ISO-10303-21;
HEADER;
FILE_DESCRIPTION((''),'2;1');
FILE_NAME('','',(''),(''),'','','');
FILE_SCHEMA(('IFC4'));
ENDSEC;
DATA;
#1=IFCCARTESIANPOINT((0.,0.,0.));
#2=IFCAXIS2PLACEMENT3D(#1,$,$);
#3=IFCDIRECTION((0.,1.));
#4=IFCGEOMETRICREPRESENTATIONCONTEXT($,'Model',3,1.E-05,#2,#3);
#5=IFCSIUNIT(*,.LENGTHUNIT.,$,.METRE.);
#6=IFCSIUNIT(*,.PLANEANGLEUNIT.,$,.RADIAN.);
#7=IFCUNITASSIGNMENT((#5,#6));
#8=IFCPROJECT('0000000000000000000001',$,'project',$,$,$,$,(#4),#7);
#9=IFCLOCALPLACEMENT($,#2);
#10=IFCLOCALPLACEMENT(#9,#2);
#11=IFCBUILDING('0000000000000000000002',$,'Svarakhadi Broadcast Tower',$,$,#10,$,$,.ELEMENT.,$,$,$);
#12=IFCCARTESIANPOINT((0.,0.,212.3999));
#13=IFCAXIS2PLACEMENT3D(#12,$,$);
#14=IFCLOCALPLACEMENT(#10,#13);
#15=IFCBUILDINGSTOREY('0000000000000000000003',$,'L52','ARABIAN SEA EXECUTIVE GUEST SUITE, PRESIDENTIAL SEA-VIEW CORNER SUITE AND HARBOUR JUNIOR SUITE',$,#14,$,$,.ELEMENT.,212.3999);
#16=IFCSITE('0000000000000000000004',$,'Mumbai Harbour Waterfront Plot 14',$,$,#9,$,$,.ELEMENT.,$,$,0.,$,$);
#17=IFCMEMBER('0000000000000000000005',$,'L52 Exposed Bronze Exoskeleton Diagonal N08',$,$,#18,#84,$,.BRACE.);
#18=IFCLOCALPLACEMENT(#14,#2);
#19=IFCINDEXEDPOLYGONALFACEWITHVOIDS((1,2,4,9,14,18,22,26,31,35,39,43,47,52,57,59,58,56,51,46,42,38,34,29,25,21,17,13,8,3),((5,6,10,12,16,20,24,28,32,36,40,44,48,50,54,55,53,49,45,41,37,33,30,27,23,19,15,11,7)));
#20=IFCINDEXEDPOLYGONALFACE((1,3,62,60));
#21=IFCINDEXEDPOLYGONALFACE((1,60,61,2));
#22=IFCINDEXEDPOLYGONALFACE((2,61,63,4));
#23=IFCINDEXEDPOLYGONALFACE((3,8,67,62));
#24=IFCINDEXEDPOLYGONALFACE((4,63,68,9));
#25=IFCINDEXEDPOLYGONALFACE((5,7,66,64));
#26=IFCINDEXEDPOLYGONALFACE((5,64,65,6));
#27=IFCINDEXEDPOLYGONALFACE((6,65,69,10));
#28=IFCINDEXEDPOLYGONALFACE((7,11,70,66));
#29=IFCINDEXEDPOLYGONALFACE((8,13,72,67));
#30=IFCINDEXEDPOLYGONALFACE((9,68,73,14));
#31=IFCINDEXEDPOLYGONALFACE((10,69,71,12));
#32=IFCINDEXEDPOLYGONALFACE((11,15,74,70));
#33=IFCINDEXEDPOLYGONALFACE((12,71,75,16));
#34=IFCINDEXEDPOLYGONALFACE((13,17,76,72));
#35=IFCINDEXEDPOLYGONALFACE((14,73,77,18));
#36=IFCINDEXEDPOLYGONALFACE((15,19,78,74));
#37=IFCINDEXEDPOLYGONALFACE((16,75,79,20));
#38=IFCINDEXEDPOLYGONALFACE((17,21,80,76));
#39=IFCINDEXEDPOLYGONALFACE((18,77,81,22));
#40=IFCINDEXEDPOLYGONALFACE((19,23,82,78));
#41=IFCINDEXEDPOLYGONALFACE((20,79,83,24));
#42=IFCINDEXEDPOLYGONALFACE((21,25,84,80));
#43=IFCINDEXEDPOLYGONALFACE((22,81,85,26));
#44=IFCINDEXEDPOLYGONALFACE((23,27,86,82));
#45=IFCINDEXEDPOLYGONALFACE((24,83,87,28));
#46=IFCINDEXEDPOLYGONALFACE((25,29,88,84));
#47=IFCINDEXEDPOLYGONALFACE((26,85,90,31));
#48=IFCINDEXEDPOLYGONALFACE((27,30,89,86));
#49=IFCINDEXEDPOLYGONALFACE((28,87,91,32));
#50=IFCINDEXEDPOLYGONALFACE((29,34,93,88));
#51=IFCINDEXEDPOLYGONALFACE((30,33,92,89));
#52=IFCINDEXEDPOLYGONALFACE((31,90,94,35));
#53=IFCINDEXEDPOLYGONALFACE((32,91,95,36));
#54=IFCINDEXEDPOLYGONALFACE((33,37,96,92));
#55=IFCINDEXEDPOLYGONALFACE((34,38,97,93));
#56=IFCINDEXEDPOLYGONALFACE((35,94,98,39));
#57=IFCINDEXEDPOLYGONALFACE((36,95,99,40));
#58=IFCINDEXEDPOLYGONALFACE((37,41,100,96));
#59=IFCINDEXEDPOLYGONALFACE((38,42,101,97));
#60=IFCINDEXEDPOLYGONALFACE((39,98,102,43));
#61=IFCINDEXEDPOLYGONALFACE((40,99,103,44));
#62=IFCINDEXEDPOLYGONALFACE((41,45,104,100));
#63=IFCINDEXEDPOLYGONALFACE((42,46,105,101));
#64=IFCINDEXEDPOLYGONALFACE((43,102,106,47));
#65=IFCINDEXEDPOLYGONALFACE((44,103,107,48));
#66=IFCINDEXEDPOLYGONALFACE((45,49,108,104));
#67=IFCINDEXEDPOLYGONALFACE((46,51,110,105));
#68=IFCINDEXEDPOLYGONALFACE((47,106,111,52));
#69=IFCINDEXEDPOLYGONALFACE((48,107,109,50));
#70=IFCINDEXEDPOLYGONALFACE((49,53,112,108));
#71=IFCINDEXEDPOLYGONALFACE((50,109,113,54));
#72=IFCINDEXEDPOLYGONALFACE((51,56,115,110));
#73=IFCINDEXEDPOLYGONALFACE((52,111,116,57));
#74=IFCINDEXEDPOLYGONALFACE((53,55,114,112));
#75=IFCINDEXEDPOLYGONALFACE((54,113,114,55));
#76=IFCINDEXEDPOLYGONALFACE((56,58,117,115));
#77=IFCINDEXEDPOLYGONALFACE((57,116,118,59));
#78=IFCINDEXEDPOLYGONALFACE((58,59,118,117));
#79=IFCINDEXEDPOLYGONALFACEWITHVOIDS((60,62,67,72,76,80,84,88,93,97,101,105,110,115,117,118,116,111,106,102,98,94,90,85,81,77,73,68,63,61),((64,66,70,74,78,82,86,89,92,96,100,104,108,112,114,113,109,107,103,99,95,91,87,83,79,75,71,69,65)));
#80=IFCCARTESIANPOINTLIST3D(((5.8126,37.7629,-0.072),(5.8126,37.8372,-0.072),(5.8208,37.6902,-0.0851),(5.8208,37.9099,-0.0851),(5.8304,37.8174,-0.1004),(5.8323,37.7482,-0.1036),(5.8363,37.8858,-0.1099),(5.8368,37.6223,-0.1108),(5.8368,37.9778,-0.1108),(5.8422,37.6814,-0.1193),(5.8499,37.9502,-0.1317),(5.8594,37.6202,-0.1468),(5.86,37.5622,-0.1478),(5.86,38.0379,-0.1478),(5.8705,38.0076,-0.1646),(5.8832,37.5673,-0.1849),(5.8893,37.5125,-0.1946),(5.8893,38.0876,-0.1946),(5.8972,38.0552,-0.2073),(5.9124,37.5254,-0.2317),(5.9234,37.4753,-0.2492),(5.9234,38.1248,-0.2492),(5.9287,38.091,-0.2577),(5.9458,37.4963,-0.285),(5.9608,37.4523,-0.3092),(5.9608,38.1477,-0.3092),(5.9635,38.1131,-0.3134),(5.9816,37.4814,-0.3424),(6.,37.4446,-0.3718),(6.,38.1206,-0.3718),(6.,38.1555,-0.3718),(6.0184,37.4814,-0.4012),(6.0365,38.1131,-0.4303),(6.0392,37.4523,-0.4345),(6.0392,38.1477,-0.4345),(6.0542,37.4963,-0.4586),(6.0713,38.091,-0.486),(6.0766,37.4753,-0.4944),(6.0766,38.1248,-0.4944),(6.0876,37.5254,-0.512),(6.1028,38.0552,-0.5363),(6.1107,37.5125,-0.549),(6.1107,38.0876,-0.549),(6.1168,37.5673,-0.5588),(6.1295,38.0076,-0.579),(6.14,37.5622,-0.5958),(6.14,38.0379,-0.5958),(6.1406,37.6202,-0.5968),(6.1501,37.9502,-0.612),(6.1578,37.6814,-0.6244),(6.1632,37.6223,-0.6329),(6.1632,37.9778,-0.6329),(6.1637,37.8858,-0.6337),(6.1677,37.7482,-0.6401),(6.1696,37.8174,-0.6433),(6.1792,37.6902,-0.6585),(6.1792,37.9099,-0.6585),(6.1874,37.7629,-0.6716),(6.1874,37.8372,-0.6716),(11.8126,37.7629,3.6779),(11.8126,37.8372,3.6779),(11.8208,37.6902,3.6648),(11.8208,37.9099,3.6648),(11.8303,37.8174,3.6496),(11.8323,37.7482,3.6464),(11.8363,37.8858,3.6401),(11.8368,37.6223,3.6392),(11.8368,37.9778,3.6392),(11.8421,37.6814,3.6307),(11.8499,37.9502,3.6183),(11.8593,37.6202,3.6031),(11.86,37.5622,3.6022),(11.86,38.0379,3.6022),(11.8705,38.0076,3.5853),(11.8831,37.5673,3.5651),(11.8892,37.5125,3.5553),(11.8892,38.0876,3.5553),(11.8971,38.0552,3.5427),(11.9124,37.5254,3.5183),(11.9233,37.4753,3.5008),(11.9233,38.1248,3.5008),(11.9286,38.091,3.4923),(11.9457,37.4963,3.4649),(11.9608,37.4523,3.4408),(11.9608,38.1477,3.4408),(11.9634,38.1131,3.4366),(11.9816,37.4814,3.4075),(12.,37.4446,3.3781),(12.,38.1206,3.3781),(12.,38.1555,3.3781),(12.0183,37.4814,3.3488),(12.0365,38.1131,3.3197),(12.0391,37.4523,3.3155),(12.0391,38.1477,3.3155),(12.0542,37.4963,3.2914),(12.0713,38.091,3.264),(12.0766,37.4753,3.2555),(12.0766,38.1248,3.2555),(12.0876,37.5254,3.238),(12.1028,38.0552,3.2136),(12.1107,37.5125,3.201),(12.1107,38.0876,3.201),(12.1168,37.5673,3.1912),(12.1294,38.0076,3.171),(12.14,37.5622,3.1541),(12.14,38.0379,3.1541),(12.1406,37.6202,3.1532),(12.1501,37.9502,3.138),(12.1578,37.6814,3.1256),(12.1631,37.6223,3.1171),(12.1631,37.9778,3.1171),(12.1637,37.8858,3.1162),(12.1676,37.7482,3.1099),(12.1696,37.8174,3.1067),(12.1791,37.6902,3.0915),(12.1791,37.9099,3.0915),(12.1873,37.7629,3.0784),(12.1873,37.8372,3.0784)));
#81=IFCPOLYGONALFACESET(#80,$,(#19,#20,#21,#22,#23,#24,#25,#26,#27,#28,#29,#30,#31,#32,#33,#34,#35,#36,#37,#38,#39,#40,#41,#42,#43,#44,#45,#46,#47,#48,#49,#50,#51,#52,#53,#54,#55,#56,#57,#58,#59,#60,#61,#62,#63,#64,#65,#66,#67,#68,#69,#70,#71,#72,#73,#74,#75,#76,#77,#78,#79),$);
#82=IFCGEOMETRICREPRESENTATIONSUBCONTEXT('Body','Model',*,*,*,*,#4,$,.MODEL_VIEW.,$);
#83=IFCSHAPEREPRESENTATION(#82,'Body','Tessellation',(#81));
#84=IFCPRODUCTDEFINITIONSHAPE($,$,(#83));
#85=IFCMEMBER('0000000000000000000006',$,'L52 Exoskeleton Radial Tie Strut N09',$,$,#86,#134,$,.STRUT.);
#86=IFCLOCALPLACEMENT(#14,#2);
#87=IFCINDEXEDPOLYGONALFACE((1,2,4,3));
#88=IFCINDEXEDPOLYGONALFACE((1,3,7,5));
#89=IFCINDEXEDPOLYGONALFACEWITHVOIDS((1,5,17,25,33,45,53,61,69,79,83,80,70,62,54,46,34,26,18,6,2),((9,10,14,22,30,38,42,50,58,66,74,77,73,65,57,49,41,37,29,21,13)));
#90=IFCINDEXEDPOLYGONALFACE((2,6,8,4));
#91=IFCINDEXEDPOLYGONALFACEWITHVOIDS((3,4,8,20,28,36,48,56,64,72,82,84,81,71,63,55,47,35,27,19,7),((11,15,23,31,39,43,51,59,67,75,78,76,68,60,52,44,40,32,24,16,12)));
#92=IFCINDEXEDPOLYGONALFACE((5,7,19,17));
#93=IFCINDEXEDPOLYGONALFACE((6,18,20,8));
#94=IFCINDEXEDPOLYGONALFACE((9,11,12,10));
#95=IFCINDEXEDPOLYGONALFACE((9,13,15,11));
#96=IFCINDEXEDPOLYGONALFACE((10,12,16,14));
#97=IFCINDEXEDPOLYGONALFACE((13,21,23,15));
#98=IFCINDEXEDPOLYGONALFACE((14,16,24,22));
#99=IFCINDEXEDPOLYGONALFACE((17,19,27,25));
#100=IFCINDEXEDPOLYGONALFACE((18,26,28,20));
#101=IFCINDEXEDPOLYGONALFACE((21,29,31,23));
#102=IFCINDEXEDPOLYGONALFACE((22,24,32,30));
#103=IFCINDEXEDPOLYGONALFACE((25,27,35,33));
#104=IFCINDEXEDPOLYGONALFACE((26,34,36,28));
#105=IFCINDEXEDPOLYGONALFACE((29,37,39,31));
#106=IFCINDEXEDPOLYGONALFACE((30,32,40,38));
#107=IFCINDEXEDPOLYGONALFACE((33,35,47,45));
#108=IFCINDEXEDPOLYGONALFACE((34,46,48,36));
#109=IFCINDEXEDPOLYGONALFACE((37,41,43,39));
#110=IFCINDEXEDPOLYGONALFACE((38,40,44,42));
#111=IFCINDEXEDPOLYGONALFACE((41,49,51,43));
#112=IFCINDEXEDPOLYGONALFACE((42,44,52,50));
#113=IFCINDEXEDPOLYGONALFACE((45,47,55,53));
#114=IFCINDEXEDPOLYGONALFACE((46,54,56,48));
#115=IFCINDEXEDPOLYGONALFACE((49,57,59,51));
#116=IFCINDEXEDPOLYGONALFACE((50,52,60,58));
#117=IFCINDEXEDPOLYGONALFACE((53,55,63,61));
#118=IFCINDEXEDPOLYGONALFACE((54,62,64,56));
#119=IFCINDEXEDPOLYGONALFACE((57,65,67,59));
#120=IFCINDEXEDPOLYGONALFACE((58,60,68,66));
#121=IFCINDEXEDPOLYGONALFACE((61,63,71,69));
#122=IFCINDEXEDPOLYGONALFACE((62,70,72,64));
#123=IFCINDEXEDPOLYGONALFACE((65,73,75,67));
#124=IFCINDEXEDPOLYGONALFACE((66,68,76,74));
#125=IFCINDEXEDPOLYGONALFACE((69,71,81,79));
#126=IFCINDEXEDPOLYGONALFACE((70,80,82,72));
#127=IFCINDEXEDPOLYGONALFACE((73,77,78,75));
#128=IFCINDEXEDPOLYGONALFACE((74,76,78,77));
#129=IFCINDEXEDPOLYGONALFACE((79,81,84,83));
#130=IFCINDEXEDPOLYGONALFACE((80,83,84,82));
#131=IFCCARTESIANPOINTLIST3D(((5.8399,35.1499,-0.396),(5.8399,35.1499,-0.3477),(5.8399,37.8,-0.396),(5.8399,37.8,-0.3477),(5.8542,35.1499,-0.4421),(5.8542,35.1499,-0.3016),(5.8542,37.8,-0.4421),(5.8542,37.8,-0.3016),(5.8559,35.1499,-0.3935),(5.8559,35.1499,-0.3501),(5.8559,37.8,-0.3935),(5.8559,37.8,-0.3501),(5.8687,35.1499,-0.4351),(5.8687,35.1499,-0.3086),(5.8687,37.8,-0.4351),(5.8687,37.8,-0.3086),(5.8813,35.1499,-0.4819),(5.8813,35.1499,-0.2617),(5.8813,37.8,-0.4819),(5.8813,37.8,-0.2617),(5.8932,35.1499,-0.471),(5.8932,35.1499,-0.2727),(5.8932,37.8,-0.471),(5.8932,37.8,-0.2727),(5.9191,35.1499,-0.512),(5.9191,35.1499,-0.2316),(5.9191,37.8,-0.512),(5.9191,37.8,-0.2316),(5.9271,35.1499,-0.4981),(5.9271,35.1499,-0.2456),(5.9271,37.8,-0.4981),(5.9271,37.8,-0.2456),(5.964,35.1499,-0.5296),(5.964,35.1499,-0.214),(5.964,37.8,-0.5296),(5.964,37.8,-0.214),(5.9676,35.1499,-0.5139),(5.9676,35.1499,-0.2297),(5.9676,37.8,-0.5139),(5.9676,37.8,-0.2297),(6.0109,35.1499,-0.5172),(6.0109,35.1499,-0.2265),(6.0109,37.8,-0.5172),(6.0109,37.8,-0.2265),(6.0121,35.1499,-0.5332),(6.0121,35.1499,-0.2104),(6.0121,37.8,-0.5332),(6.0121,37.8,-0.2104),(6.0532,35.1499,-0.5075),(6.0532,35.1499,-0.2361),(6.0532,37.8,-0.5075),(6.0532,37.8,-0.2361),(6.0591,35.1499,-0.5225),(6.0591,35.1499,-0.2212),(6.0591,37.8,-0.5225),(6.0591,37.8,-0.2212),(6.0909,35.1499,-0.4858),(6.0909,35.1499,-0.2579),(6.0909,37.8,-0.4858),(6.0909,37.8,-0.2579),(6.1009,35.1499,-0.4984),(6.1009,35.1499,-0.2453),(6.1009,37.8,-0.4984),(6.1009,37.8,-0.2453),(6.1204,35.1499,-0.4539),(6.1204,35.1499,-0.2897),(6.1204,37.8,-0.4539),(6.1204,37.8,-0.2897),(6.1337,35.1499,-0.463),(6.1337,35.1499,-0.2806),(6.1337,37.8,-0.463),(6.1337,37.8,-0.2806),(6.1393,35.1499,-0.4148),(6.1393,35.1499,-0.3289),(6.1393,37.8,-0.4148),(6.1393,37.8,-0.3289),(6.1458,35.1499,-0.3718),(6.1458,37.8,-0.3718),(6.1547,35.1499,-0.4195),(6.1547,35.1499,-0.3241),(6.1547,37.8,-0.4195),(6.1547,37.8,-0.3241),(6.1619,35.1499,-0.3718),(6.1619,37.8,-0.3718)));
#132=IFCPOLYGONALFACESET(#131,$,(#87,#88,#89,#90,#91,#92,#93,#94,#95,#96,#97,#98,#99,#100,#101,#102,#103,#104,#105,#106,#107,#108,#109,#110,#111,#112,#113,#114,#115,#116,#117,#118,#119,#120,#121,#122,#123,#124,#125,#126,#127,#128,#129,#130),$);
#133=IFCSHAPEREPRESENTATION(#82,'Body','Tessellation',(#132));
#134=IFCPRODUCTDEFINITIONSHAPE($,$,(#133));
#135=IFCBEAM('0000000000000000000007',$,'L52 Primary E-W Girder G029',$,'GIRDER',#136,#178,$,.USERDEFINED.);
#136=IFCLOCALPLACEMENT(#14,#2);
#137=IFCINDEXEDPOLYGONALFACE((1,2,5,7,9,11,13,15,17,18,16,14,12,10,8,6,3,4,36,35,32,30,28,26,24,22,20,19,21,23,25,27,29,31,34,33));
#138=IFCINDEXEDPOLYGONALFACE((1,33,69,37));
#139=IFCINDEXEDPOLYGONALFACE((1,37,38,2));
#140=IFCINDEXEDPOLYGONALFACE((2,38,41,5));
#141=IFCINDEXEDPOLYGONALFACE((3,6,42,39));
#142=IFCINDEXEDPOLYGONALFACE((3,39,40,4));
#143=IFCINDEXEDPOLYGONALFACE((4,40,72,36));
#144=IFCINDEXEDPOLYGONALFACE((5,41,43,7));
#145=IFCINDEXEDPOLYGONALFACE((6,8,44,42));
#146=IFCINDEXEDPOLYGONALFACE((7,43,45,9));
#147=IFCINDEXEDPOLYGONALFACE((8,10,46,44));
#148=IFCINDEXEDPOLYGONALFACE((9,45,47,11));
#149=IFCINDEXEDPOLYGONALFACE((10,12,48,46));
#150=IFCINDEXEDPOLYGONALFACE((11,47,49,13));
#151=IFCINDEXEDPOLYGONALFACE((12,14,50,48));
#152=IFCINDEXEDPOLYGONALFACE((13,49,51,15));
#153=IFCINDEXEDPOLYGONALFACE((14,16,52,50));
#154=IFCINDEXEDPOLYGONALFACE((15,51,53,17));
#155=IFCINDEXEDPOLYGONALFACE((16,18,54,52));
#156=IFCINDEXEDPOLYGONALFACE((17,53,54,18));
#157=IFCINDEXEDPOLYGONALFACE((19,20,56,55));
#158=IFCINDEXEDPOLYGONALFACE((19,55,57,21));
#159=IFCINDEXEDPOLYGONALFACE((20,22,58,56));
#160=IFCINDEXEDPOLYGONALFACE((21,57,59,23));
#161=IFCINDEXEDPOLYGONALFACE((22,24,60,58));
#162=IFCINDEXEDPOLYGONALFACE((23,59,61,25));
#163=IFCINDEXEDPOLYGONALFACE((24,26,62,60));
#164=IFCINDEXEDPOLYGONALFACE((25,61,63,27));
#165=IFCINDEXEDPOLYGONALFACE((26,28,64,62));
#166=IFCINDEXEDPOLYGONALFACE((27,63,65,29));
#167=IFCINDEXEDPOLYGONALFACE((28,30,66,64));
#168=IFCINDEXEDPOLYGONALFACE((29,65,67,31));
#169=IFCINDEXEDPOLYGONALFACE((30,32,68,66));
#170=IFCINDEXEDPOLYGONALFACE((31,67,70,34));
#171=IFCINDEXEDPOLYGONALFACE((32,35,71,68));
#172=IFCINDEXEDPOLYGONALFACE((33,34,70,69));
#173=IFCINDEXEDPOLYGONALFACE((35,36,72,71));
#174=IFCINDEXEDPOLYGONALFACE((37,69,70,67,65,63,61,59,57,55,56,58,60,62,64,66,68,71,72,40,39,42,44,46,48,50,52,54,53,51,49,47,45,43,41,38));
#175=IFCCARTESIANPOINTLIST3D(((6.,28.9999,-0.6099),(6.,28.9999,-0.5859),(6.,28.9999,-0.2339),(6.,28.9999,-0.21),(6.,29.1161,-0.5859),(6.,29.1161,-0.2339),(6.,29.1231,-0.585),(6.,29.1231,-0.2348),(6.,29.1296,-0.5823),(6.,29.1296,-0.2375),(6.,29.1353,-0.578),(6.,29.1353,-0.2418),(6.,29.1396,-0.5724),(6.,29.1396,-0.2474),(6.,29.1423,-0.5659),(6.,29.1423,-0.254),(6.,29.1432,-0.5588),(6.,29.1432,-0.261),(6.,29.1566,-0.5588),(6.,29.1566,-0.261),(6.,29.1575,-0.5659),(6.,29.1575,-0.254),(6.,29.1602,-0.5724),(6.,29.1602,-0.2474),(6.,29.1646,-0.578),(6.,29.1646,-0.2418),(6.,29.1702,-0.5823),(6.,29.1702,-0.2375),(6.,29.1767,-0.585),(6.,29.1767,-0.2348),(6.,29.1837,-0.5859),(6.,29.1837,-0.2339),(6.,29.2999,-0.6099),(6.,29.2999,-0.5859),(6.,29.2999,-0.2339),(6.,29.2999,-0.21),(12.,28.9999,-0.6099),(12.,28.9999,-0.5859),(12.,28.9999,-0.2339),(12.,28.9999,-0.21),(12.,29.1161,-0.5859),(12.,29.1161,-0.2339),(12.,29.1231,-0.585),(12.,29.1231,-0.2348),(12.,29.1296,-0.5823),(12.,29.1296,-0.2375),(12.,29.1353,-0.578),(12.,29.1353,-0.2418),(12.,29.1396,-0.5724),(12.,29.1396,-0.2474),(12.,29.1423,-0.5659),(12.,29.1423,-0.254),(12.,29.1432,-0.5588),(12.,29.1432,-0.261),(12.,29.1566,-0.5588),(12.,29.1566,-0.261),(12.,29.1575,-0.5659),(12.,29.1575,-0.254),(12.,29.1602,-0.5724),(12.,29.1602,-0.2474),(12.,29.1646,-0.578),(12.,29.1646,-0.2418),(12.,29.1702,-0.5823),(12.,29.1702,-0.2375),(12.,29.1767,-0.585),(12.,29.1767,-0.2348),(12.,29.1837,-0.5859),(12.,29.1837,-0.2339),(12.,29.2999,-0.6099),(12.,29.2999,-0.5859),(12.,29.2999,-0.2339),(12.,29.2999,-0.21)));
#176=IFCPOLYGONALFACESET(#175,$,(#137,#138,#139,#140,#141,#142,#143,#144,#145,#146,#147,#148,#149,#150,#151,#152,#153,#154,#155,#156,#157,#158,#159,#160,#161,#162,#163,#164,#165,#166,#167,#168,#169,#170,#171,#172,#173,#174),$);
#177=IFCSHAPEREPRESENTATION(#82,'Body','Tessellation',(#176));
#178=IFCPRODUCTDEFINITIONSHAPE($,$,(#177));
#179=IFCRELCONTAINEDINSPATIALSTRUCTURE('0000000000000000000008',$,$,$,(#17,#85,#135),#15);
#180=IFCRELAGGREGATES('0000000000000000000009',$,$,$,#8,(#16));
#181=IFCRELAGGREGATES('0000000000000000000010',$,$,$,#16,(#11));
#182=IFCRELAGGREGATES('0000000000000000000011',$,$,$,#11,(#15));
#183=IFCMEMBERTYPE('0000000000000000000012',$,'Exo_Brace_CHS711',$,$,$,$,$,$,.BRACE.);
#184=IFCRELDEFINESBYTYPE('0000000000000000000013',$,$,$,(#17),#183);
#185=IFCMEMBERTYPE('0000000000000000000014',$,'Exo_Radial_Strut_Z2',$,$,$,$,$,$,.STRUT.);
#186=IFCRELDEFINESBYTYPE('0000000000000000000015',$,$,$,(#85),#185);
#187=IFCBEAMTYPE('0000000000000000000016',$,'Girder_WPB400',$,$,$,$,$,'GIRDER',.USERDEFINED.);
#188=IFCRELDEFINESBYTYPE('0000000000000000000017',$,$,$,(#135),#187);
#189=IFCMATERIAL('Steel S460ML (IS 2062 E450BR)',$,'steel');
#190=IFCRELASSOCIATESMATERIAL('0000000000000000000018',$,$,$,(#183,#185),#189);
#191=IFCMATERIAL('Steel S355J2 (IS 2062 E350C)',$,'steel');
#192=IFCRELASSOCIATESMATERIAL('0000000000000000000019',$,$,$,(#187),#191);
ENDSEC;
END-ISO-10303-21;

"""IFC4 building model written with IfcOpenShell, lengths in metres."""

from ifc_helpers import new_model, si_unit, direction, frame, origin, origin_2d, place, context, subcontext, project, spatial, hollow_circle, i_section, extrude, material, material_profile, profile_set, type_object, element, save


model = new_model("IFC4")

# Units and contexts
model_context = context("Model", 3, precision=1e-05, world=origin(), true_north=direction((0.0, 1.0)))
body_context = subcontext(model_context, "Body", "Model", "MODEL_VIEW")
ifc_project = project(units=[si_unit("LENGTHUNIT", "METRE"), si_unit("PLANEANGLEUNIT", "RADIAN")], contexts=[model_context])

# Site, building, storey
site_placement = place(None, origin())
site = spatial("IfcSite", under=ifc_project, at=site_placement, Name="Mumbai Harbour Waterfront Plot 14", CompositionType="ELEMENT", RefElevation=0.0)
building_placement = place(site_placement, origin())
building = spatial("IfcBuilding", under=site, at=building_placement, Name="Svarakhadi Broadcast Tower", CompositionType="ELEMENT")
storey_placement = place(building_placement, frame((0.0, 0.0, 212.3999)))
storey = spatial("IfcBuildingStorey", under=building, at=storey_placement, Name="L52", Description="ARABIAN SEA EXECUTIVE GUEST SUITE, PRESIDENTIAL SEA-VIEW CORNER SUITE AND HARBOUR JUNIOR SUITE", CompositionType="ELEMENT", Elevation=212.3999)

# Shared definitions
ifc_material_1 = material(Name="Steel S460ML (IS 2062 E450BR)", Category="steel")

# Shared definitions
ifc_material_2 = material(Name="Steel S355J2 (IS 2062 E350C)", Category="steel")

# Members
ifc_material_profile_1 = material_profile(ifc_material_1, hollow_circle(Radius=0.3555, WallThickness=0.0349, at=origin_2d()), Name="CHS 711x35")
ifc_profile_set_1 = profile_set([ifc_material_profile_1], Name="Steel S460ML (IS 2062 E450BR)")
member_type_1 = type_object("IfcMemberType", Name="Exo_Brace_CHS711", PredefinedType="BRACE", material=ifc_profile_set_1)
member_1_placement = place(storey_placement, frame((6.0, 37.8, -0.3718), z_axis=(0.847998, 0.0, 0.529999), x_axis=(0.0, 1.0, 0.0)))
element("IfcMember", 1, at=member_1_placement, inside=storey, type_object=member_type_1, Name="L52 Exposed Bronze Exoskeleton Diagonal N08", PredefinedType="BRACE", context=body_context, shape_type="SweptSolid", body=[
    extrude(hollow_circle(Radius=0.3555, WallThickness=0.0349, at=origin_2d()), origin(), (0.0, 0.0, 1.0), 7.0754),
])
ifc_material_profile_2 = material_profile(ifc_material_1, hollow_circle(Radius=0.1619, WallThickness=0.0161, at=origin_2d()), Name="CHS 323.9x16")
ifc_profile_set_2 = profile_set([ifc_material_profile_2], Name="Steel S460ML (IS 2062 E450BR)")
member_type_2 = type_object("IfcMemberType", Name="Exo_Radial_Strut_Z2", PredefinedType="STRUT", material=ifc_profile_set_2)
member_2_placement = place(storey_placement, frame((6.0, 37.8, -0.3718), z_axis=(0.0, -1.0, 0.0), x_axis=(1.0, 0.0, 0.0)))
element("IfcMember", 2, at=member_2_placement, inside=storey, type_object=member_type_2, Name="L52 Exoskeleton Radial Tie Strut N09", PredefinedType="STRUT", context=body_context, shape_type="SweptSolid", body=[
    extrude(hollow_circle(Radius=0.1619, WallThickness=0.0161, at=origin_2d()), origin(), (0.0, 0.0, 1.0), 2.6501),
])

# Beam
ifc_material_profile_3 = material_profile(ifc_material_2, i_section(OverallWidth=0.3, OverallDepth=0.3999, WebThickness=0.0134, FlangeThickness=0.0239, FilletRadius=0.0271, at=origin_2d()), Name="WPB 400x300x155")
ifc_profile_set_3 = profile_set([ifc_material_profile_3], Name="Steel S355J2 (IS 2062 E350C)")
beam_type_1 = type_object("IfcBeamType", Name="Girder_WPB400", ElementType="GIRDER", PredefinedType="USERDEFINED", material=ifc_profile_set_3)
for number, where, z_axis, x_axis, name in (
    (3, (6.0, 29.1499, -0.4099), (1.0, 0.0, 0.0), (0.0, 1.0, 0.0), "L52 Primary E-W Girder G029"),
):
    element("IfcBeam", number, at=place(storey_placement, frame(where, z_axis=z_axis, x_axis=x_axis)), inside=storey, type_object=beam_type_1, Name=name, ObjectType="GIRDER", PredefinedType="USERDEFINED", context=body_context, shape_type="SweptSolid", body=[
        extrude(i_section(OverallWidth=0.3, OverallDepth=0.3999, WebThickness=0.0134, FlangeThickness=0.0239, FilletRadius=0.0271, at=origin_2d()), origin(), (0.0, 0.0, 1.0), 6.0),
    ])

save(model, "model.ifc")
